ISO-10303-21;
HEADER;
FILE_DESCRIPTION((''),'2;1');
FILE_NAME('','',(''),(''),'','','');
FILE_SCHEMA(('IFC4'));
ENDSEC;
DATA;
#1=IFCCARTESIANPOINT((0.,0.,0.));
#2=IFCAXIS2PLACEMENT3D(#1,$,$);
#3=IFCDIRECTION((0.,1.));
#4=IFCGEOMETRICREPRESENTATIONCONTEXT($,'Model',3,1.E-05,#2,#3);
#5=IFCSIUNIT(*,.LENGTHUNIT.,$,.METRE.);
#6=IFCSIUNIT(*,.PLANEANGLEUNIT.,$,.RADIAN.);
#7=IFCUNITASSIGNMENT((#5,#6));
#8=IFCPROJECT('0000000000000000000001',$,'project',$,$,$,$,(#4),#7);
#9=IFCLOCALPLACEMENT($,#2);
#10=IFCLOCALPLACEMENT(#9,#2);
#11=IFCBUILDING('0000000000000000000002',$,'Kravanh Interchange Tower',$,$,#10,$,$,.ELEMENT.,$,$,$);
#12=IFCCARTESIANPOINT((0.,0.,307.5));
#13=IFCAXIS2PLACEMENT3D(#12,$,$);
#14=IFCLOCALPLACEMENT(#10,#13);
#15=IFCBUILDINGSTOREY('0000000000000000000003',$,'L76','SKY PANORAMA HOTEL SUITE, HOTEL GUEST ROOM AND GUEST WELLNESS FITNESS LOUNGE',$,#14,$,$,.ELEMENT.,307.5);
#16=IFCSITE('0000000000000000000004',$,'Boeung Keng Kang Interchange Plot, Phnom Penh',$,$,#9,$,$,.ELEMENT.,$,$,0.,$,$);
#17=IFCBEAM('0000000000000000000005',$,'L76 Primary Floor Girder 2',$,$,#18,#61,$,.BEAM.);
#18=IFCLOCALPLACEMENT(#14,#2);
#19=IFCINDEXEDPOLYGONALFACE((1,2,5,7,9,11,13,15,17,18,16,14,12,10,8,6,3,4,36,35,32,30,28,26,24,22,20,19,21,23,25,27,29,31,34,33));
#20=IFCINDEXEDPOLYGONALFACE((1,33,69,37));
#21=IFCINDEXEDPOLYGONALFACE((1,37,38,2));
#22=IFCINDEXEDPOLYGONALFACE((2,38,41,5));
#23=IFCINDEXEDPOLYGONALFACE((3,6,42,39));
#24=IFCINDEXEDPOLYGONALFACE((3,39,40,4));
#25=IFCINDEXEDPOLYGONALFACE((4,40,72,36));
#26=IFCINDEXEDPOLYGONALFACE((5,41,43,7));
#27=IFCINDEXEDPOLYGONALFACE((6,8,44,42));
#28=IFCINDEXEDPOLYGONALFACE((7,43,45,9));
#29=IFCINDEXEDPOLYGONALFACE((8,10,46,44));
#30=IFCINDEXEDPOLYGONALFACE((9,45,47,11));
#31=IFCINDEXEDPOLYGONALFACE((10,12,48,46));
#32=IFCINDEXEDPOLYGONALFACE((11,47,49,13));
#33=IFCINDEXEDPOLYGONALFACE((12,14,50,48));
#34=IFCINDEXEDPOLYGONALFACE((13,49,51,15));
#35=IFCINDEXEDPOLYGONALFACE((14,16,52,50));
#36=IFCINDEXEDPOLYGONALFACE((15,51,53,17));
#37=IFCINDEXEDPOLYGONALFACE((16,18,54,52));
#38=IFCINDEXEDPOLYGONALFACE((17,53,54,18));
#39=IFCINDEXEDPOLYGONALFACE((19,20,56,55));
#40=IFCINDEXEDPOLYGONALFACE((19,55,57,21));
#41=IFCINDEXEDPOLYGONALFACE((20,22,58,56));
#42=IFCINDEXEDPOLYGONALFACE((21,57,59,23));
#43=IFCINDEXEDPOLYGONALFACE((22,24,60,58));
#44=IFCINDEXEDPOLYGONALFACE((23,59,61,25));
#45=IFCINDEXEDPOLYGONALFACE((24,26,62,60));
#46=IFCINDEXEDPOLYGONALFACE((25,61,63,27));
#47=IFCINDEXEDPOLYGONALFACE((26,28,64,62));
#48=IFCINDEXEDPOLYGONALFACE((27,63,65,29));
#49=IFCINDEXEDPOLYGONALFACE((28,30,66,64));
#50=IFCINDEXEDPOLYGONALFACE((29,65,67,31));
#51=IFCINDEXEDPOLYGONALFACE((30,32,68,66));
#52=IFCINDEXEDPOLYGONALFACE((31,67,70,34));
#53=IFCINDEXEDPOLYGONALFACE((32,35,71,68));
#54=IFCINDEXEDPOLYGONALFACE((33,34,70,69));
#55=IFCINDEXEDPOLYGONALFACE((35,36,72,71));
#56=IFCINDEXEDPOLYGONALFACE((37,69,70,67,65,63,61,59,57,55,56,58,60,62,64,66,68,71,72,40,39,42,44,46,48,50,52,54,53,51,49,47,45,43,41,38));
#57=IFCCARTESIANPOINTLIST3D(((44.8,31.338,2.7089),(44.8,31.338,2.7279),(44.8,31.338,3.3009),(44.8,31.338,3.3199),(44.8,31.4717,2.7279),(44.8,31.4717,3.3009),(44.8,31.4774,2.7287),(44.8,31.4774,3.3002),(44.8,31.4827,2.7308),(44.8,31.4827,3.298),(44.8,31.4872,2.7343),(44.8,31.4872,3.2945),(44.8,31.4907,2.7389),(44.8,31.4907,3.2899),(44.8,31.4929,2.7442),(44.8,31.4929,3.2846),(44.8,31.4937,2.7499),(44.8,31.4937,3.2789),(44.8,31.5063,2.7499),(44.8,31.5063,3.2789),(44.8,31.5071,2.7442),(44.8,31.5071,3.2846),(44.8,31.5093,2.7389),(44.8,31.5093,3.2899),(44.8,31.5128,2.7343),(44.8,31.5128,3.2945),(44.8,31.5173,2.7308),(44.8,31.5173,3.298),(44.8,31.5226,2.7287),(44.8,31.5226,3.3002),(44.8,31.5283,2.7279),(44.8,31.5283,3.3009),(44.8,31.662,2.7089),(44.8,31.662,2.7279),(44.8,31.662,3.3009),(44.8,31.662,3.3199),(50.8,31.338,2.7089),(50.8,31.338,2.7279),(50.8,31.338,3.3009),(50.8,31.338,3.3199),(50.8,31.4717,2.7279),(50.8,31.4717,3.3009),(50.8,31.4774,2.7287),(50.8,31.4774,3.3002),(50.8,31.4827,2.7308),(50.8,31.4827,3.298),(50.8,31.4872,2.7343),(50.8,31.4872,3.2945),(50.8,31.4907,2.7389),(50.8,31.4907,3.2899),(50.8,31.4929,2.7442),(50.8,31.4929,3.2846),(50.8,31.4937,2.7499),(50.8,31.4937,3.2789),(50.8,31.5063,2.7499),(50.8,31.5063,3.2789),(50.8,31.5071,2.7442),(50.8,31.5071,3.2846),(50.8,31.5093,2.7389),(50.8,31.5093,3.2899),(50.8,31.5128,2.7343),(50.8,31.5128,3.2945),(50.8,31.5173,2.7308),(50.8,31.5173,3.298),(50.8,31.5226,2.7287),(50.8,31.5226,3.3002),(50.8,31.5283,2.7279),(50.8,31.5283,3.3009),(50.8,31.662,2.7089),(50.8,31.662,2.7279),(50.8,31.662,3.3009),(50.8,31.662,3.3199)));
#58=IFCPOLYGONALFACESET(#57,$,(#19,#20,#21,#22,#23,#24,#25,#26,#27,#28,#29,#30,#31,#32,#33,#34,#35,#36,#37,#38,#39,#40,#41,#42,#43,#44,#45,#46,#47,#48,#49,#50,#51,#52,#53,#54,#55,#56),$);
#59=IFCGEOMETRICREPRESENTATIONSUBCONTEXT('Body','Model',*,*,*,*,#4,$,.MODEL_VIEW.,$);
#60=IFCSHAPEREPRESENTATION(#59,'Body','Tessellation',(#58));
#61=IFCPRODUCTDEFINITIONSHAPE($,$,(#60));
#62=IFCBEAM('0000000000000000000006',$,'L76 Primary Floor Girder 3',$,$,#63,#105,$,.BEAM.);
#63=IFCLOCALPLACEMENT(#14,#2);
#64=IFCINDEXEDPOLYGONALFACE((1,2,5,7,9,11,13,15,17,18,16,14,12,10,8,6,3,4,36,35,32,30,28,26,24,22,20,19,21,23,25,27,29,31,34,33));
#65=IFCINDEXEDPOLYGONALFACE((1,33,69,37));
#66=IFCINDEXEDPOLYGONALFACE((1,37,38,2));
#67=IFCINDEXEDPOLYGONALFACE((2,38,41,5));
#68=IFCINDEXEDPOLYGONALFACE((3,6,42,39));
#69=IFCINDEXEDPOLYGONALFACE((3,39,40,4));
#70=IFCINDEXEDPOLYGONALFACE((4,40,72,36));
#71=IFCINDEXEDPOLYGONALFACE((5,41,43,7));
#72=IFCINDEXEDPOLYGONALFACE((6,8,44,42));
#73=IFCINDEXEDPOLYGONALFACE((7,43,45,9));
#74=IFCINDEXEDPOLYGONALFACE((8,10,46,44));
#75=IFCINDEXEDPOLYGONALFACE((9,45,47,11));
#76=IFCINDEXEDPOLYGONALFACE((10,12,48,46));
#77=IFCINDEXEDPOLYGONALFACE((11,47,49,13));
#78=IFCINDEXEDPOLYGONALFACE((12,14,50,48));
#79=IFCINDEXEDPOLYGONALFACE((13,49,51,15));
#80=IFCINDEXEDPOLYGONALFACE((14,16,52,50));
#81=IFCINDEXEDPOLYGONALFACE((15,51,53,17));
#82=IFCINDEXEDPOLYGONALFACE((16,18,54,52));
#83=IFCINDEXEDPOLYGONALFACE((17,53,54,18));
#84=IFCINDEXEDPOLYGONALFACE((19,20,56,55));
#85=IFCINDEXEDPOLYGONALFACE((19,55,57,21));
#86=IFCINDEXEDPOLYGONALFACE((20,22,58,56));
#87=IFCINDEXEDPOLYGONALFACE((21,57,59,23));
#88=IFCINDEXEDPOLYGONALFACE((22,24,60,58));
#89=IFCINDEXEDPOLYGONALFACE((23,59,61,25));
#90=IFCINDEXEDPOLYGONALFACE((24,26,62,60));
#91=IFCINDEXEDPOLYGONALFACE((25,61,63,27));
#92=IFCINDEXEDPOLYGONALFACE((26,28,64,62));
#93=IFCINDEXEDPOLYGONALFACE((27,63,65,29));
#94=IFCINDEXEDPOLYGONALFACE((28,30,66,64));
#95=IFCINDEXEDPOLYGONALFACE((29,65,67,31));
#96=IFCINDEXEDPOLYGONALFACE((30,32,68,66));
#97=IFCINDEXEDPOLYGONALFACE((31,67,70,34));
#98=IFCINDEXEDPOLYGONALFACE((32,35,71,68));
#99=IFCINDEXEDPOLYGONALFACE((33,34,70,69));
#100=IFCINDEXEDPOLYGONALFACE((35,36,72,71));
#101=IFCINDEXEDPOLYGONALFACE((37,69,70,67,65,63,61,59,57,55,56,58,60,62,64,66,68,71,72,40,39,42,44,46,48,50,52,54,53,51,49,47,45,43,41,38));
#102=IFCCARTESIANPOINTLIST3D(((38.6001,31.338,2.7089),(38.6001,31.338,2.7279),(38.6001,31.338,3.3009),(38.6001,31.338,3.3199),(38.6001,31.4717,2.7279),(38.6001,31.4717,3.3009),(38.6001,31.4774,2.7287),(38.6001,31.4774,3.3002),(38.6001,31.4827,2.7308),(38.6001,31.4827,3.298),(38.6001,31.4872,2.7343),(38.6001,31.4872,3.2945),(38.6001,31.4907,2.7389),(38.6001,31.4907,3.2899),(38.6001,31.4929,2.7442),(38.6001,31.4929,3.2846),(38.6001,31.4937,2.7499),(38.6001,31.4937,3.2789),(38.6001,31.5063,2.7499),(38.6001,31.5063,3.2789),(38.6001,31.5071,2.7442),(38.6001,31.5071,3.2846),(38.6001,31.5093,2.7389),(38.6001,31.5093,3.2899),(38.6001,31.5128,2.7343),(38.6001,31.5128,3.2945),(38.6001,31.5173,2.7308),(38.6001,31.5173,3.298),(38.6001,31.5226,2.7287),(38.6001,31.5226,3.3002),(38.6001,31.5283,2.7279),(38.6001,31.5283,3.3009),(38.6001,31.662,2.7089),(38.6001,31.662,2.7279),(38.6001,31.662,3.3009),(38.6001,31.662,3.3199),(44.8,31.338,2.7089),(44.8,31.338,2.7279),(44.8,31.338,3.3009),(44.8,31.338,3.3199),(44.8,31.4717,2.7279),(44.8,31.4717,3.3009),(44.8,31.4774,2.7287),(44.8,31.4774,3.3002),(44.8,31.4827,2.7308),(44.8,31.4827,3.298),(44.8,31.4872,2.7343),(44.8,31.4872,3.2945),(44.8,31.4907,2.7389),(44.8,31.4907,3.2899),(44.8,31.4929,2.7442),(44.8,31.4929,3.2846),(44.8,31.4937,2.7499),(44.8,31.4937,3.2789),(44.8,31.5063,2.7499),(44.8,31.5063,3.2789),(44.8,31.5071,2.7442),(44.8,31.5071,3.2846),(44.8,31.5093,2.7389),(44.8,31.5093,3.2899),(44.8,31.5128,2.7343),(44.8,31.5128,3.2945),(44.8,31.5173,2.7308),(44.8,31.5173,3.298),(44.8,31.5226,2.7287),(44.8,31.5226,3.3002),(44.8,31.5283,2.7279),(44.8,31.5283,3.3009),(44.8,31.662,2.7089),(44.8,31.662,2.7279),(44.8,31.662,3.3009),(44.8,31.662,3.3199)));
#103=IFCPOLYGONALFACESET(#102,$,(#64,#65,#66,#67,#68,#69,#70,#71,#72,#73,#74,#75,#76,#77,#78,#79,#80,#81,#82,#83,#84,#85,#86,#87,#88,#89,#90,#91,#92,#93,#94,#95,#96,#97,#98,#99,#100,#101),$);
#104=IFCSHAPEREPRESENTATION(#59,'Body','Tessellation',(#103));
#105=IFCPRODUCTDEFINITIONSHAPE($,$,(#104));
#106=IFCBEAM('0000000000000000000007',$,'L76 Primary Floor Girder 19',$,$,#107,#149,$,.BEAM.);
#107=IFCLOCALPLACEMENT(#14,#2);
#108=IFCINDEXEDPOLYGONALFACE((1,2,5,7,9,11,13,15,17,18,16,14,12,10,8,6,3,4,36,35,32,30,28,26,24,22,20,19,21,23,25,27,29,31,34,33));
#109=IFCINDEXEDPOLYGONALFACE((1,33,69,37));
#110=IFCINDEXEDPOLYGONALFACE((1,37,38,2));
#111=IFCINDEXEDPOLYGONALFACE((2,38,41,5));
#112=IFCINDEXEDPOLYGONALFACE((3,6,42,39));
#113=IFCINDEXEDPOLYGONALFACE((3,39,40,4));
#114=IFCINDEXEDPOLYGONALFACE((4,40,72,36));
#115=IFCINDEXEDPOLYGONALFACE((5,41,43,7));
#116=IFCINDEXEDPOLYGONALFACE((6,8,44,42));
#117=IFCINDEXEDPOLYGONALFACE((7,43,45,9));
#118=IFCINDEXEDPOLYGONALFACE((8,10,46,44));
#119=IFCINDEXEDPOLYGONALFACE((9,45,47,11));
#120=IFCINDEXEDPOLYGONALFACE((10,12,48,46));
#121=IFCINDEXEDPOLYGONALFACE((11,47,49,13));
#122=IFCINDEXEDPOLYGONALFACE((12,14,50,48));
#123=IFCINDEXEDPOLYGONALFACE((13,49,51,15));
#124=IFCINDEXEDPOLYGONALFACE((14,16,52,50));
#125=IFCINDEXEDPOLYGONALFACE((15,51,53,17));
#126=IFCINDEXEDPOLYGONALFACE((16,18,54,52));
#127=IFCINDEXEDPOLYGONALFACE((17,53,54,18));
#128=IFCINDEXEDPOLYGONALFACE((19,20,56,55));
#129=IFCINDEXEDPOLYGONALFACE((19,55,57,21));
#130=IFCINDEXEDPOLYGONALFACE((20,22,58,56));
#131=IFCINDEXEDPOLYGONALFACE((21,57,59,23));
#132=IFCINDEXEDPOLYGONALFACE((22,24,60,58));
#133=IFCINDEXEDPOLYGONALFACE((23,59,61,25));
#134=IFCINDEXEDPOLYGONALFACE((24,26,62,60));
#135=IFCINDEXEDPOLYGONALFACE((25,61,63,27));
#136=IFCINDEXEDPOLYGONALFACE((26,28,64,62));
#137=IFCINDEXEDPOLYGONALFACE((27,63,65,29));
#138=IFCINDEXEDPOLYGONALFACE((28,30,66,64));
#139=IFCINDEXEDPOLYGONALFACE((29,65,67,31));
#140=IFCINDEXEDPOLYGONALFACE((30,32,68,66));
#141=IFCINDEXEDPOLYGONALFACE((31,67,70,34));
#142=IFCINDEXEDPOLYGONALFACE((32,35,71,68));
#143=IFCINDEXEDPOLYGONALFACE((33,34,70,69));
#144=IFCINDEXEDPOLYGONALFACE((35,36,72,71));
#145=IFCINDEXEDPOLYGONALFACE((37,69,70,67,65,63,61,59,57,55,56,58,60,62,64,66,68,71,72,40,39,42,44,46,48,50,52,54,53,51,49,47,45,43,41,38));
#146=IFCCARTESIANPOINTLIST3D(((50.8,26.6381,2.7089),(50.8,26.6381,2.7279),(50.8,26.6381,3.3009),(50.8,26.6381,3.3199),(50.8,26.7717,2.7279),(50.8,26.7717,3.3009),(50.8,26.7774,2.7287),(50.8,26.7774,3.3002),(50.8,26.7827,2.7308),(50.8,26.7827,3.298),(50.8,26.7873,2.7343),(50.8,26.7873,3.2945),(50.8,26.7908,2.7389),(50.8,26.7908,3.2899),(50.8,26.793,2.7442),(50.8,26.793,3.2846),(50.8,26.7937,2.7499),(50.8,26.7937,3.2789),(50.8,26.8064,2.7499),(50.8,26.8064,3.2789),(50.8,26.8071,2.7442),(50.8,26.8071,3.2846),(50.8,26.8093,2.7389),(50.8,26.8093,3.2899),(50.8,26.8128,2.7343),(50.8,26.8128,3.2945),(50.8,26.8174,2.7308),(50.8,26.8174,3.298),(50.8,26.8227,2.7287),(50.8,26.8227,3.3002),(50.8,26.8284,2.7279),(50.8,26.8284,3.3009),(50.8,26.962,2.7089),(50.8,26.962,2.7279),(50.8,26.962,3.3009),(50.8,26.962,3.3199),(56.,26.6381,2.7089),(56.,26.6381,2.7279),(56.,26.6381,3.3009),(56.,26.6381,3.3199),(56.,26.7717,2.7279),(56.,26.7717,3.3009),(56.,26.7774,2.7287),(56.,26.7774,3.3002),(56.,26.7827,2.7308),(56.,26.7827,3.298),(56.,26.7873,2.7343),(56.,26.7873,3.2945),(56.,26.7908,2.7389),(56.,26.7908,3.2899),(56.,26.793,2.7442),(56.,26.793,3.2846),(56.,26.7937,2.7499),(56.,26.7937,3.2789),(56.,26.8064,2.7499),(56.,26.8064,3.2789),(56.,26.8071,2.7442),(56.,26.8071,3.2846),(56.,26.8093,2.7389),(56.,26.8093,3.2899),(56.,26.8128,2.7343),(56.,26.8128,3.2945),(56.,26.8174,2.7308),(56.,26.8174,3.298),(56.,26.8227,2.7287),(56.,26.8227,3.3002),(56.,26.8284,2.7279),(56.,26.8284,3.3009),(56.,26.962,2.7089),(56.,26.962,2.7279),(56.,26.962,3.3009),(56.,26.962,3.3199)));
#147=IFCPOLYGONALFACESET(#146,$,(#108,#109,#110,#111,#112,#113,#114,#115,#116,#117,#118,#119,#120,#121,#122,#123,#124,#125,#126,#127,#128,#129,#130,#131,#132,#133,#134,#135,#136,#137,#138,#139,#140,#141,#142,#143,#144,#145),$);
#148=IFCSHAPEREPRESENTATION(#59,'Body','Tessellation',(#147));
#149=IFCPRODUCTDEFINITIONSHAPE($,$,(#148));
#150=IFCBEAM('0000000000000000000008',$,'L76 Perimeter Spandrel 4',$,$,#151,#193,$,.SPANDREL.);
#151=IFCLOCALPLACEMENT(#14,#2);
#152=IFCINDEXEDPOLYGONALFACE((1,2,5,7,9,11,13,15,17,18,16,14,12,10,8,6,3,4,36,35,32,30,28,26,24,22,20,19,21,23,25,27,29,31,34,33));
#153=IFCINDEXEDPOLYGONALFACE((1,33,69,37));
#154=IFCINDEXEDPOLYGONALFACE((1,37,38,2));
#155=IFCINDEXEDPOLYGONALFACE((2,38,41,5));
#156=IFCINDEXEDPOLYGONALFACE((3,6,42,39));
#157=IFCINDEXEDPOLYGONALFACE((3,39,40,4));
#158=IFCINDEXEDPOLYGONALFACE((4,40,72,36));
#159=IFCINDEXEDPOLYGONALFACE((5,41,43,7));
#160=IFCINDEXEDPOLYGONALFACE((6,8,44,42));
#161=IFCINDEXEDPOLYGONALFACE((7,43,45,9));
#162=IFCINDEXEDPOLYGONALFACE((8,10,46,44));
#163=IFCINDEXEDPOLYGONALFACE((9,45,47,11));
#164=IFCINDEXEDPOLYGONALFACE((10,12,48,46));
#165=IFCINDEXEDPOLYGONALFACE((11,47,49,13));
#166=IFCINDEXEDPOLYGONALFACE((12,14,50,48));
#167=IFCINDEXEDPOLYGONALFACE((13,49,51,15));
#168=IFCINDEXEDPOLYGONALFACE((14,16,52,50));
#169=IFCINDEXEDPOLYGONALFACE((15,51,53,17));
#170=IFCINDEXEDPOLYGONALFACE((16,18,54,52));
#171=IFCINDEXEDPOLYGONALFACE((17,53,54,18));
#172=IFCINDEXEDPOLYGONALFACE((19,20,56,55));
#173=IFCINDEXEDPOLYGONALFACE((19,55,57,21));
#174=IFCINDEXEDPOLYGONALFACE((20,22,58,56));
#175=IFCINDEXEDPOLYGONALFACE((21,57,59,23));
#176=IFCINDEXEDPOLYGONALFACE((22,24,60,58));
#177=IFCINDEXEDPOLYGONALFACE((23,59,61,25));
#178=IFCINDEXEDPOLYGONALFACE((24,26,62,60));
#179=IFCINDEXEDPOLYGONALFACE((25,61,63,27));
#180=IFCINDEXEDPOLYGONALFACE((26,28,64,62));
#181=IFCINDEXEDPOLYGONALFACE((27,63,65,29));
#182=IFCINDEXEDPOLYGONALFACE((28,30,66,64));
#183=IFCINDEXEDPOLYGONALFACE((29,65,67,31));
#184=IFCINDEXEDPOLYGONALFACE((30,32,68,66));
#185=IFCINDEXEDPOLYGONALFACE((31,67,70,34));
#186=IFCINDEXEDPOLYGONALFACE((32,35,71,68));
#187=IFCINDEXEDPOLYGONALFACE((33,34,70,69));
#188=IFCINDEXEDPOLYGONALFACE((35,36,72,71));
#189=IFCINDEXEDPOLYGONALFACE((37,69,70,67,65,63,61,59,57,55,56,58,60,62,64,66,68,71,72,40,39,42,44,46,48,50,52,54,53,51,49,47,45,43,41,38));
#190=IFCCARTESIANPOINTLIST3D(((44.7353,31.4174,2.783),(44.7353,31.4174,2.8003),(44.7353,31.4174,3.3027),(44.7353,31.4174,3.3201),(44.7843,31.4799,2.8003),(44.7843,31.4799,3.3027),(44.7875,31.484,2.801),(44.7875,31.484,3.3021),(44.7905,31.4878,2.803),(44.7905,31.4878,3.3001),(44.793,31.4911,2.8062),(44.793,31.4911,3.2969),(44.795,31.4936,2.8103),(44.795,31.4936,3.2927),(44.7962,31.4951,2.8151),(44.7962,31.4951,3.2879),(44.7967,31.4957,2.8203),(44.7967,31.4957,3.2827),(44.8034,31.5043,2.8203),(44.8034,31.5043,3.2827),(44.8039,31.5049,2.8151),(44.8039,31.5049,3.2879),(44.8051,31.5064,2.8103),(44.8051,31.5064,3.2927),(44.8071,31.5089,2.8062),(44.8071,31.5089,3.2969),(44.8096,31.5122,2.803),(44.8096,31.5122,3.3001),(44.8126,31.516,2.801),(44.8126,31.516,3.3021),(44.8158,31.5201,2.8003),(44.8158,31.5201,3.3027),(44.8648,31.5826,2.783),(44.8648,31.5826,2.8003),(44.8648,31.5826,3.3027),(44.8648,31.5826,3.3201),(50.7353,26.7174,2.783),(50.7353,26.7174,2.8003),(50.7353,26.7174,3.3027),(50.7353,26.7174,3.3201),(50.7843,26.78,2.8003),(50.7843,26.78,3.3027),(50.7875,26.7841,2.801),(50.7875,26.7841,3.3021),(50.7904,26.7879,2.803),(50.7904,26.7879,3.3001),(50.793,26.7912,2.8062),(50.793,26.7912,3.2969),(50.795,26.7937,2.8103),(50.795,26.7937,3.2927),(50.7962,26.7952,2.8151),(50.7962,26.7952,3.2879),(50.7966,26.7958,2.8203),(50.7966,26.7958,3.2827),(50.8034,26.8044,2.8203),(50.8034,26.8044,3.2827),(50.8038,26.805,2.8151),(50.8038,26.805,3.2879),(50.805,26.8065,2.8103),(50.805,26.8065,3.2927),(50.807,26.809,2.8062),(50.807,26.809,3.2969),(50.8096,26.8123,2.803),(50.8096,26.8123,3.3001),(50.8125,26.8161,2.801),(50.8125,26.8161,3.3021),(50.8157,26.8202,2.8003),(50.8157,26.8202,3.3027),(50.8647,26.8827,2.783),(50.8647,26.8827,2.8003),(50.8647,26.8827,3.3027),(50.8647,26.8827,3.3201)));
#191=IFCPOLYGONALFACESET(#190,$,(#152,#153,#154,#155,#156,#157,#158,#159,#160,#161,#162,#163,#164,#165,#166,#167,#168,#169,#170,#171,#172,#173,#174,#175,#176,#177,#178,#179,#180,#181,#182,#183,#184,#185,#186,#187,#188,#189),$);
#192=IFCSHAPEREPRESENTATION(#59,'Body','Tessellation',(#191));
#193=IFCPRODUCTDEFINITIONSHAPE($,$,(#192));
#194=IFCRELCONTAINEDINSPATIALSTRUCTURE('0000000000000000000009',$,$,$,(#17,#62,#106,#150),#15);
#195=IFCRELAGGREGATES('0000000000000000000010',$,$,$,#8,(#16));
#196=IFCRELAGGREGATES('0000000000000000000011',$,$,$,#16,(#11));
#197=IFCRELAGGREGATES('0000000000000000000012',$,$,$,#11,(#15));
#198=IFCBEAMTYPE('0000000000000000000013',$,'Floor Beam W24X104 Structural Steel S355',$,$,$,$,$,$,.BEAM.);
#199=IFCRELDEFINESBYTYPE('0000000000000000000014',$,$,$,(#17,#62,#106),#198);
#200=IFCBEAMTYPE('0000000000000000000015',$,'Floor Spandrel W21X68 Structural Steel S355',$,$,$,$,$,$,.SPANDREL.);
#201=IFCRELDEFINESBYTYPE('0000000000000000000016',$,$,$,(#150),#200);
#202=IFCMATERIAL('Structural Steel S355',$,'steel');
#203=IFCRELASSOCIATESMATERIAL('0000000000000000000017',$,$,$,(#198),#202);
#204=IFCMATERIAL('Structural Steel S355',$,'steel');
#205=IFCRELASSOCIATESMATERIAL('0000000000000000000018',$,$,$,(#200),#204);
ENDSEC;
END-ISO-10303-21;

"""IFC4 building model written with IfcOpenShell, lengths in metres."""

from ifc_helpers import new_model, si_unit, direction, frame, origin, origin_2d, place, context, subcontext, project, spatial, i_section, extrude, material, material_profile, profile_set, type_object, element, save


model = new_model("IFC4")

# Units and contexts
model_context = context("Model", 3, precision=1e-05, world=origin(), true_north=direction((0.0, 1.0)))
body_context = subcontext(model_context, "Body", "Model", "MODEL_VIEW")
ifc_project = project(units=[si_unit("LENGTHUNIT", "METRE"), si_unit("PLANEANGLEUNIT", "RADIAN")], contexts=[model_context])

# Site, building, storey
site_placement = place(None, origin())
site = spatial("IfcSite", under=ifc_project, at=site_placement, Name="Boeung Keng Kang Interchange Plot, Phnom Penh", CompositionType="ELEMENT", RefElevation=0.0)
building_placement = place(site_placement, origin())
building = spatial("IfcBuilding", under=site, at=building_placement, Name="Kravanh Interchange Tower", CompositionType="ELEMENT")
storey_placement = place(building_placement, frame((0.0, 0.0, 307.5)))
storey = spatial("IfcBuildingStorey", under=building, at=storey_placement, Name="L76", Description="SKY PANORAMA HOTEL SUITE, HOTEL GUEST ROOM AND GUEST WELLNESS FITNESS LOUNGE", CompositionType="ELEMENT", Elevation=307.5)

# Beams
ifc_material_1 = material(Name="Structural Steel S355", Category="steel")
ifc_material_profile_1 = material_profile(ifc_material_1, i_section(OverallWidth=0.324, OverallDepth=0.6111, WebThickness=0.0127, FlangeThickness=0.019, FilletRadius=0.022, at=origin_2d()), Name="W24X104")
ifc_profile_set_1 = profile_set([ifc_material_profile_1], Name="Structural Steel S355")
beam_type_1 = type_object("IfcBeamType", Name="Floor Beam W24X104 Structural Steel S355", PredefinedType="BEAM", material=ifc_profile_set_1)
beam_1_placement = place(storey_placement, frame((44.8, 31.5, 3.0144), z_axis=(1.0, 0.0, 0.0), x_axis=(0.0, 1.0, 0.0)))
element("IfcBeam", 1, at=beam_1_placement, inside=storey, type_object=beam_type_1, Name="L76 Primary Floor Girder 2", PredefinedType="BEAM", context=body_context, shape_type="SweptSolid", body=[
    extrude(i_section(OverallWidth=0.324, OverallDepth=0.6111, WebThickness=0.0127, FlangeThickness=0.019, FilletRadius=0.022, at=origin_2d()), origin(), (0.0, 0.0, 1.0), 6.0),
])
beam_2_placement = place(storey_placement, frame((44.8, 31.5, 3.0144), z_axis=(-1.0, 0.0, 0.0), x_axis=(0.0, -1.0, 0.0)))
element("IfcBeam", 2, at=beam_2_placement, inside=storey, type_object=beam_type_1, Name="L76 Primary Floor Girder 3", PredefinedType="BEAM", context=body_context, shape_type="SweptSolid", body=[
    extrude(i_section(OverallWidth=0.324, OverallDepth=0.6111, WebThickness=0.0127, FlangeThickness=0.019, FilletRadius=0.022, at=origin_2d()), origin(), (0.0, 0.0, 1.0), 6.2),
])
beam_3_placement = place(storey_placement, frame((50.8, 26.8, 3.0144), z_axis=(1.0, 0.0, 0.0), x_axis=(0.0, 1.0, 0.0)))
element("IfcBeam", 3, at=beam_3_placement, inside=storey, type_object=beam_type_1, Name="L76 Primary Floor Girder 19", PredefinedType="BEAM", context=body_context, shape_type="SweptSolid", body=[
    extrude(i_section(OverallWidth=0.324, OverallDepth=0.6111, WebThickness=0.0127, FlangeThickness=0.019, FilletRadius=0.022, at=origin_2d()), origin(), (0.0, 0.0, 1.0), 5.2),
])
ifc_material_2 = material(Name="Structural Steel S355", Category="steel")
ifc_material_profile_2 = material_profile(ifc_material_2, i_section(OverallWidth=0.21, OverallDepth=0.5371, WebThickness=0.011, FlangeThickness=0.0173, FilletRadius=0.02, at=origin_2d()), Name="W21X68")
ifc_profile_set_2 = profile_set([ifc_material_profile_2], Name="Structural Steel S355")
beam_type_2 = type_object("IfcBeamType", Name="Floor Spandrel W21X68 Structural Steel S355", PredefinedType="SPANDREL", material=ifc_profile_set_2)
beam_4_placement = place(storey_placement, frame((44.8, 31.5, 3.0515), z_axis=(0.787231, -0.616658, 0.0), x_axis=(0.616658, 0.787231, 0.0)))
element("IfcBeam", 4, at=beam_4_placement, inside=storey, type_object=beam_type_2, Name="L76 Perimeter Spandrel 4", PredefinedType="SPANDREL", context=body_context, shape_type="SweptSolid", body=[
    extrude(i_section(OverallWidth=0.21, OverallDepth=0.5371, WebThickness=0.011, FlangeThickness=0.0173, FilletRadius=0.02, at=origin_2d()), origin(), (0.0, 0.0, 1.0), 7.6216),
])

save(model, "model.ifc")
